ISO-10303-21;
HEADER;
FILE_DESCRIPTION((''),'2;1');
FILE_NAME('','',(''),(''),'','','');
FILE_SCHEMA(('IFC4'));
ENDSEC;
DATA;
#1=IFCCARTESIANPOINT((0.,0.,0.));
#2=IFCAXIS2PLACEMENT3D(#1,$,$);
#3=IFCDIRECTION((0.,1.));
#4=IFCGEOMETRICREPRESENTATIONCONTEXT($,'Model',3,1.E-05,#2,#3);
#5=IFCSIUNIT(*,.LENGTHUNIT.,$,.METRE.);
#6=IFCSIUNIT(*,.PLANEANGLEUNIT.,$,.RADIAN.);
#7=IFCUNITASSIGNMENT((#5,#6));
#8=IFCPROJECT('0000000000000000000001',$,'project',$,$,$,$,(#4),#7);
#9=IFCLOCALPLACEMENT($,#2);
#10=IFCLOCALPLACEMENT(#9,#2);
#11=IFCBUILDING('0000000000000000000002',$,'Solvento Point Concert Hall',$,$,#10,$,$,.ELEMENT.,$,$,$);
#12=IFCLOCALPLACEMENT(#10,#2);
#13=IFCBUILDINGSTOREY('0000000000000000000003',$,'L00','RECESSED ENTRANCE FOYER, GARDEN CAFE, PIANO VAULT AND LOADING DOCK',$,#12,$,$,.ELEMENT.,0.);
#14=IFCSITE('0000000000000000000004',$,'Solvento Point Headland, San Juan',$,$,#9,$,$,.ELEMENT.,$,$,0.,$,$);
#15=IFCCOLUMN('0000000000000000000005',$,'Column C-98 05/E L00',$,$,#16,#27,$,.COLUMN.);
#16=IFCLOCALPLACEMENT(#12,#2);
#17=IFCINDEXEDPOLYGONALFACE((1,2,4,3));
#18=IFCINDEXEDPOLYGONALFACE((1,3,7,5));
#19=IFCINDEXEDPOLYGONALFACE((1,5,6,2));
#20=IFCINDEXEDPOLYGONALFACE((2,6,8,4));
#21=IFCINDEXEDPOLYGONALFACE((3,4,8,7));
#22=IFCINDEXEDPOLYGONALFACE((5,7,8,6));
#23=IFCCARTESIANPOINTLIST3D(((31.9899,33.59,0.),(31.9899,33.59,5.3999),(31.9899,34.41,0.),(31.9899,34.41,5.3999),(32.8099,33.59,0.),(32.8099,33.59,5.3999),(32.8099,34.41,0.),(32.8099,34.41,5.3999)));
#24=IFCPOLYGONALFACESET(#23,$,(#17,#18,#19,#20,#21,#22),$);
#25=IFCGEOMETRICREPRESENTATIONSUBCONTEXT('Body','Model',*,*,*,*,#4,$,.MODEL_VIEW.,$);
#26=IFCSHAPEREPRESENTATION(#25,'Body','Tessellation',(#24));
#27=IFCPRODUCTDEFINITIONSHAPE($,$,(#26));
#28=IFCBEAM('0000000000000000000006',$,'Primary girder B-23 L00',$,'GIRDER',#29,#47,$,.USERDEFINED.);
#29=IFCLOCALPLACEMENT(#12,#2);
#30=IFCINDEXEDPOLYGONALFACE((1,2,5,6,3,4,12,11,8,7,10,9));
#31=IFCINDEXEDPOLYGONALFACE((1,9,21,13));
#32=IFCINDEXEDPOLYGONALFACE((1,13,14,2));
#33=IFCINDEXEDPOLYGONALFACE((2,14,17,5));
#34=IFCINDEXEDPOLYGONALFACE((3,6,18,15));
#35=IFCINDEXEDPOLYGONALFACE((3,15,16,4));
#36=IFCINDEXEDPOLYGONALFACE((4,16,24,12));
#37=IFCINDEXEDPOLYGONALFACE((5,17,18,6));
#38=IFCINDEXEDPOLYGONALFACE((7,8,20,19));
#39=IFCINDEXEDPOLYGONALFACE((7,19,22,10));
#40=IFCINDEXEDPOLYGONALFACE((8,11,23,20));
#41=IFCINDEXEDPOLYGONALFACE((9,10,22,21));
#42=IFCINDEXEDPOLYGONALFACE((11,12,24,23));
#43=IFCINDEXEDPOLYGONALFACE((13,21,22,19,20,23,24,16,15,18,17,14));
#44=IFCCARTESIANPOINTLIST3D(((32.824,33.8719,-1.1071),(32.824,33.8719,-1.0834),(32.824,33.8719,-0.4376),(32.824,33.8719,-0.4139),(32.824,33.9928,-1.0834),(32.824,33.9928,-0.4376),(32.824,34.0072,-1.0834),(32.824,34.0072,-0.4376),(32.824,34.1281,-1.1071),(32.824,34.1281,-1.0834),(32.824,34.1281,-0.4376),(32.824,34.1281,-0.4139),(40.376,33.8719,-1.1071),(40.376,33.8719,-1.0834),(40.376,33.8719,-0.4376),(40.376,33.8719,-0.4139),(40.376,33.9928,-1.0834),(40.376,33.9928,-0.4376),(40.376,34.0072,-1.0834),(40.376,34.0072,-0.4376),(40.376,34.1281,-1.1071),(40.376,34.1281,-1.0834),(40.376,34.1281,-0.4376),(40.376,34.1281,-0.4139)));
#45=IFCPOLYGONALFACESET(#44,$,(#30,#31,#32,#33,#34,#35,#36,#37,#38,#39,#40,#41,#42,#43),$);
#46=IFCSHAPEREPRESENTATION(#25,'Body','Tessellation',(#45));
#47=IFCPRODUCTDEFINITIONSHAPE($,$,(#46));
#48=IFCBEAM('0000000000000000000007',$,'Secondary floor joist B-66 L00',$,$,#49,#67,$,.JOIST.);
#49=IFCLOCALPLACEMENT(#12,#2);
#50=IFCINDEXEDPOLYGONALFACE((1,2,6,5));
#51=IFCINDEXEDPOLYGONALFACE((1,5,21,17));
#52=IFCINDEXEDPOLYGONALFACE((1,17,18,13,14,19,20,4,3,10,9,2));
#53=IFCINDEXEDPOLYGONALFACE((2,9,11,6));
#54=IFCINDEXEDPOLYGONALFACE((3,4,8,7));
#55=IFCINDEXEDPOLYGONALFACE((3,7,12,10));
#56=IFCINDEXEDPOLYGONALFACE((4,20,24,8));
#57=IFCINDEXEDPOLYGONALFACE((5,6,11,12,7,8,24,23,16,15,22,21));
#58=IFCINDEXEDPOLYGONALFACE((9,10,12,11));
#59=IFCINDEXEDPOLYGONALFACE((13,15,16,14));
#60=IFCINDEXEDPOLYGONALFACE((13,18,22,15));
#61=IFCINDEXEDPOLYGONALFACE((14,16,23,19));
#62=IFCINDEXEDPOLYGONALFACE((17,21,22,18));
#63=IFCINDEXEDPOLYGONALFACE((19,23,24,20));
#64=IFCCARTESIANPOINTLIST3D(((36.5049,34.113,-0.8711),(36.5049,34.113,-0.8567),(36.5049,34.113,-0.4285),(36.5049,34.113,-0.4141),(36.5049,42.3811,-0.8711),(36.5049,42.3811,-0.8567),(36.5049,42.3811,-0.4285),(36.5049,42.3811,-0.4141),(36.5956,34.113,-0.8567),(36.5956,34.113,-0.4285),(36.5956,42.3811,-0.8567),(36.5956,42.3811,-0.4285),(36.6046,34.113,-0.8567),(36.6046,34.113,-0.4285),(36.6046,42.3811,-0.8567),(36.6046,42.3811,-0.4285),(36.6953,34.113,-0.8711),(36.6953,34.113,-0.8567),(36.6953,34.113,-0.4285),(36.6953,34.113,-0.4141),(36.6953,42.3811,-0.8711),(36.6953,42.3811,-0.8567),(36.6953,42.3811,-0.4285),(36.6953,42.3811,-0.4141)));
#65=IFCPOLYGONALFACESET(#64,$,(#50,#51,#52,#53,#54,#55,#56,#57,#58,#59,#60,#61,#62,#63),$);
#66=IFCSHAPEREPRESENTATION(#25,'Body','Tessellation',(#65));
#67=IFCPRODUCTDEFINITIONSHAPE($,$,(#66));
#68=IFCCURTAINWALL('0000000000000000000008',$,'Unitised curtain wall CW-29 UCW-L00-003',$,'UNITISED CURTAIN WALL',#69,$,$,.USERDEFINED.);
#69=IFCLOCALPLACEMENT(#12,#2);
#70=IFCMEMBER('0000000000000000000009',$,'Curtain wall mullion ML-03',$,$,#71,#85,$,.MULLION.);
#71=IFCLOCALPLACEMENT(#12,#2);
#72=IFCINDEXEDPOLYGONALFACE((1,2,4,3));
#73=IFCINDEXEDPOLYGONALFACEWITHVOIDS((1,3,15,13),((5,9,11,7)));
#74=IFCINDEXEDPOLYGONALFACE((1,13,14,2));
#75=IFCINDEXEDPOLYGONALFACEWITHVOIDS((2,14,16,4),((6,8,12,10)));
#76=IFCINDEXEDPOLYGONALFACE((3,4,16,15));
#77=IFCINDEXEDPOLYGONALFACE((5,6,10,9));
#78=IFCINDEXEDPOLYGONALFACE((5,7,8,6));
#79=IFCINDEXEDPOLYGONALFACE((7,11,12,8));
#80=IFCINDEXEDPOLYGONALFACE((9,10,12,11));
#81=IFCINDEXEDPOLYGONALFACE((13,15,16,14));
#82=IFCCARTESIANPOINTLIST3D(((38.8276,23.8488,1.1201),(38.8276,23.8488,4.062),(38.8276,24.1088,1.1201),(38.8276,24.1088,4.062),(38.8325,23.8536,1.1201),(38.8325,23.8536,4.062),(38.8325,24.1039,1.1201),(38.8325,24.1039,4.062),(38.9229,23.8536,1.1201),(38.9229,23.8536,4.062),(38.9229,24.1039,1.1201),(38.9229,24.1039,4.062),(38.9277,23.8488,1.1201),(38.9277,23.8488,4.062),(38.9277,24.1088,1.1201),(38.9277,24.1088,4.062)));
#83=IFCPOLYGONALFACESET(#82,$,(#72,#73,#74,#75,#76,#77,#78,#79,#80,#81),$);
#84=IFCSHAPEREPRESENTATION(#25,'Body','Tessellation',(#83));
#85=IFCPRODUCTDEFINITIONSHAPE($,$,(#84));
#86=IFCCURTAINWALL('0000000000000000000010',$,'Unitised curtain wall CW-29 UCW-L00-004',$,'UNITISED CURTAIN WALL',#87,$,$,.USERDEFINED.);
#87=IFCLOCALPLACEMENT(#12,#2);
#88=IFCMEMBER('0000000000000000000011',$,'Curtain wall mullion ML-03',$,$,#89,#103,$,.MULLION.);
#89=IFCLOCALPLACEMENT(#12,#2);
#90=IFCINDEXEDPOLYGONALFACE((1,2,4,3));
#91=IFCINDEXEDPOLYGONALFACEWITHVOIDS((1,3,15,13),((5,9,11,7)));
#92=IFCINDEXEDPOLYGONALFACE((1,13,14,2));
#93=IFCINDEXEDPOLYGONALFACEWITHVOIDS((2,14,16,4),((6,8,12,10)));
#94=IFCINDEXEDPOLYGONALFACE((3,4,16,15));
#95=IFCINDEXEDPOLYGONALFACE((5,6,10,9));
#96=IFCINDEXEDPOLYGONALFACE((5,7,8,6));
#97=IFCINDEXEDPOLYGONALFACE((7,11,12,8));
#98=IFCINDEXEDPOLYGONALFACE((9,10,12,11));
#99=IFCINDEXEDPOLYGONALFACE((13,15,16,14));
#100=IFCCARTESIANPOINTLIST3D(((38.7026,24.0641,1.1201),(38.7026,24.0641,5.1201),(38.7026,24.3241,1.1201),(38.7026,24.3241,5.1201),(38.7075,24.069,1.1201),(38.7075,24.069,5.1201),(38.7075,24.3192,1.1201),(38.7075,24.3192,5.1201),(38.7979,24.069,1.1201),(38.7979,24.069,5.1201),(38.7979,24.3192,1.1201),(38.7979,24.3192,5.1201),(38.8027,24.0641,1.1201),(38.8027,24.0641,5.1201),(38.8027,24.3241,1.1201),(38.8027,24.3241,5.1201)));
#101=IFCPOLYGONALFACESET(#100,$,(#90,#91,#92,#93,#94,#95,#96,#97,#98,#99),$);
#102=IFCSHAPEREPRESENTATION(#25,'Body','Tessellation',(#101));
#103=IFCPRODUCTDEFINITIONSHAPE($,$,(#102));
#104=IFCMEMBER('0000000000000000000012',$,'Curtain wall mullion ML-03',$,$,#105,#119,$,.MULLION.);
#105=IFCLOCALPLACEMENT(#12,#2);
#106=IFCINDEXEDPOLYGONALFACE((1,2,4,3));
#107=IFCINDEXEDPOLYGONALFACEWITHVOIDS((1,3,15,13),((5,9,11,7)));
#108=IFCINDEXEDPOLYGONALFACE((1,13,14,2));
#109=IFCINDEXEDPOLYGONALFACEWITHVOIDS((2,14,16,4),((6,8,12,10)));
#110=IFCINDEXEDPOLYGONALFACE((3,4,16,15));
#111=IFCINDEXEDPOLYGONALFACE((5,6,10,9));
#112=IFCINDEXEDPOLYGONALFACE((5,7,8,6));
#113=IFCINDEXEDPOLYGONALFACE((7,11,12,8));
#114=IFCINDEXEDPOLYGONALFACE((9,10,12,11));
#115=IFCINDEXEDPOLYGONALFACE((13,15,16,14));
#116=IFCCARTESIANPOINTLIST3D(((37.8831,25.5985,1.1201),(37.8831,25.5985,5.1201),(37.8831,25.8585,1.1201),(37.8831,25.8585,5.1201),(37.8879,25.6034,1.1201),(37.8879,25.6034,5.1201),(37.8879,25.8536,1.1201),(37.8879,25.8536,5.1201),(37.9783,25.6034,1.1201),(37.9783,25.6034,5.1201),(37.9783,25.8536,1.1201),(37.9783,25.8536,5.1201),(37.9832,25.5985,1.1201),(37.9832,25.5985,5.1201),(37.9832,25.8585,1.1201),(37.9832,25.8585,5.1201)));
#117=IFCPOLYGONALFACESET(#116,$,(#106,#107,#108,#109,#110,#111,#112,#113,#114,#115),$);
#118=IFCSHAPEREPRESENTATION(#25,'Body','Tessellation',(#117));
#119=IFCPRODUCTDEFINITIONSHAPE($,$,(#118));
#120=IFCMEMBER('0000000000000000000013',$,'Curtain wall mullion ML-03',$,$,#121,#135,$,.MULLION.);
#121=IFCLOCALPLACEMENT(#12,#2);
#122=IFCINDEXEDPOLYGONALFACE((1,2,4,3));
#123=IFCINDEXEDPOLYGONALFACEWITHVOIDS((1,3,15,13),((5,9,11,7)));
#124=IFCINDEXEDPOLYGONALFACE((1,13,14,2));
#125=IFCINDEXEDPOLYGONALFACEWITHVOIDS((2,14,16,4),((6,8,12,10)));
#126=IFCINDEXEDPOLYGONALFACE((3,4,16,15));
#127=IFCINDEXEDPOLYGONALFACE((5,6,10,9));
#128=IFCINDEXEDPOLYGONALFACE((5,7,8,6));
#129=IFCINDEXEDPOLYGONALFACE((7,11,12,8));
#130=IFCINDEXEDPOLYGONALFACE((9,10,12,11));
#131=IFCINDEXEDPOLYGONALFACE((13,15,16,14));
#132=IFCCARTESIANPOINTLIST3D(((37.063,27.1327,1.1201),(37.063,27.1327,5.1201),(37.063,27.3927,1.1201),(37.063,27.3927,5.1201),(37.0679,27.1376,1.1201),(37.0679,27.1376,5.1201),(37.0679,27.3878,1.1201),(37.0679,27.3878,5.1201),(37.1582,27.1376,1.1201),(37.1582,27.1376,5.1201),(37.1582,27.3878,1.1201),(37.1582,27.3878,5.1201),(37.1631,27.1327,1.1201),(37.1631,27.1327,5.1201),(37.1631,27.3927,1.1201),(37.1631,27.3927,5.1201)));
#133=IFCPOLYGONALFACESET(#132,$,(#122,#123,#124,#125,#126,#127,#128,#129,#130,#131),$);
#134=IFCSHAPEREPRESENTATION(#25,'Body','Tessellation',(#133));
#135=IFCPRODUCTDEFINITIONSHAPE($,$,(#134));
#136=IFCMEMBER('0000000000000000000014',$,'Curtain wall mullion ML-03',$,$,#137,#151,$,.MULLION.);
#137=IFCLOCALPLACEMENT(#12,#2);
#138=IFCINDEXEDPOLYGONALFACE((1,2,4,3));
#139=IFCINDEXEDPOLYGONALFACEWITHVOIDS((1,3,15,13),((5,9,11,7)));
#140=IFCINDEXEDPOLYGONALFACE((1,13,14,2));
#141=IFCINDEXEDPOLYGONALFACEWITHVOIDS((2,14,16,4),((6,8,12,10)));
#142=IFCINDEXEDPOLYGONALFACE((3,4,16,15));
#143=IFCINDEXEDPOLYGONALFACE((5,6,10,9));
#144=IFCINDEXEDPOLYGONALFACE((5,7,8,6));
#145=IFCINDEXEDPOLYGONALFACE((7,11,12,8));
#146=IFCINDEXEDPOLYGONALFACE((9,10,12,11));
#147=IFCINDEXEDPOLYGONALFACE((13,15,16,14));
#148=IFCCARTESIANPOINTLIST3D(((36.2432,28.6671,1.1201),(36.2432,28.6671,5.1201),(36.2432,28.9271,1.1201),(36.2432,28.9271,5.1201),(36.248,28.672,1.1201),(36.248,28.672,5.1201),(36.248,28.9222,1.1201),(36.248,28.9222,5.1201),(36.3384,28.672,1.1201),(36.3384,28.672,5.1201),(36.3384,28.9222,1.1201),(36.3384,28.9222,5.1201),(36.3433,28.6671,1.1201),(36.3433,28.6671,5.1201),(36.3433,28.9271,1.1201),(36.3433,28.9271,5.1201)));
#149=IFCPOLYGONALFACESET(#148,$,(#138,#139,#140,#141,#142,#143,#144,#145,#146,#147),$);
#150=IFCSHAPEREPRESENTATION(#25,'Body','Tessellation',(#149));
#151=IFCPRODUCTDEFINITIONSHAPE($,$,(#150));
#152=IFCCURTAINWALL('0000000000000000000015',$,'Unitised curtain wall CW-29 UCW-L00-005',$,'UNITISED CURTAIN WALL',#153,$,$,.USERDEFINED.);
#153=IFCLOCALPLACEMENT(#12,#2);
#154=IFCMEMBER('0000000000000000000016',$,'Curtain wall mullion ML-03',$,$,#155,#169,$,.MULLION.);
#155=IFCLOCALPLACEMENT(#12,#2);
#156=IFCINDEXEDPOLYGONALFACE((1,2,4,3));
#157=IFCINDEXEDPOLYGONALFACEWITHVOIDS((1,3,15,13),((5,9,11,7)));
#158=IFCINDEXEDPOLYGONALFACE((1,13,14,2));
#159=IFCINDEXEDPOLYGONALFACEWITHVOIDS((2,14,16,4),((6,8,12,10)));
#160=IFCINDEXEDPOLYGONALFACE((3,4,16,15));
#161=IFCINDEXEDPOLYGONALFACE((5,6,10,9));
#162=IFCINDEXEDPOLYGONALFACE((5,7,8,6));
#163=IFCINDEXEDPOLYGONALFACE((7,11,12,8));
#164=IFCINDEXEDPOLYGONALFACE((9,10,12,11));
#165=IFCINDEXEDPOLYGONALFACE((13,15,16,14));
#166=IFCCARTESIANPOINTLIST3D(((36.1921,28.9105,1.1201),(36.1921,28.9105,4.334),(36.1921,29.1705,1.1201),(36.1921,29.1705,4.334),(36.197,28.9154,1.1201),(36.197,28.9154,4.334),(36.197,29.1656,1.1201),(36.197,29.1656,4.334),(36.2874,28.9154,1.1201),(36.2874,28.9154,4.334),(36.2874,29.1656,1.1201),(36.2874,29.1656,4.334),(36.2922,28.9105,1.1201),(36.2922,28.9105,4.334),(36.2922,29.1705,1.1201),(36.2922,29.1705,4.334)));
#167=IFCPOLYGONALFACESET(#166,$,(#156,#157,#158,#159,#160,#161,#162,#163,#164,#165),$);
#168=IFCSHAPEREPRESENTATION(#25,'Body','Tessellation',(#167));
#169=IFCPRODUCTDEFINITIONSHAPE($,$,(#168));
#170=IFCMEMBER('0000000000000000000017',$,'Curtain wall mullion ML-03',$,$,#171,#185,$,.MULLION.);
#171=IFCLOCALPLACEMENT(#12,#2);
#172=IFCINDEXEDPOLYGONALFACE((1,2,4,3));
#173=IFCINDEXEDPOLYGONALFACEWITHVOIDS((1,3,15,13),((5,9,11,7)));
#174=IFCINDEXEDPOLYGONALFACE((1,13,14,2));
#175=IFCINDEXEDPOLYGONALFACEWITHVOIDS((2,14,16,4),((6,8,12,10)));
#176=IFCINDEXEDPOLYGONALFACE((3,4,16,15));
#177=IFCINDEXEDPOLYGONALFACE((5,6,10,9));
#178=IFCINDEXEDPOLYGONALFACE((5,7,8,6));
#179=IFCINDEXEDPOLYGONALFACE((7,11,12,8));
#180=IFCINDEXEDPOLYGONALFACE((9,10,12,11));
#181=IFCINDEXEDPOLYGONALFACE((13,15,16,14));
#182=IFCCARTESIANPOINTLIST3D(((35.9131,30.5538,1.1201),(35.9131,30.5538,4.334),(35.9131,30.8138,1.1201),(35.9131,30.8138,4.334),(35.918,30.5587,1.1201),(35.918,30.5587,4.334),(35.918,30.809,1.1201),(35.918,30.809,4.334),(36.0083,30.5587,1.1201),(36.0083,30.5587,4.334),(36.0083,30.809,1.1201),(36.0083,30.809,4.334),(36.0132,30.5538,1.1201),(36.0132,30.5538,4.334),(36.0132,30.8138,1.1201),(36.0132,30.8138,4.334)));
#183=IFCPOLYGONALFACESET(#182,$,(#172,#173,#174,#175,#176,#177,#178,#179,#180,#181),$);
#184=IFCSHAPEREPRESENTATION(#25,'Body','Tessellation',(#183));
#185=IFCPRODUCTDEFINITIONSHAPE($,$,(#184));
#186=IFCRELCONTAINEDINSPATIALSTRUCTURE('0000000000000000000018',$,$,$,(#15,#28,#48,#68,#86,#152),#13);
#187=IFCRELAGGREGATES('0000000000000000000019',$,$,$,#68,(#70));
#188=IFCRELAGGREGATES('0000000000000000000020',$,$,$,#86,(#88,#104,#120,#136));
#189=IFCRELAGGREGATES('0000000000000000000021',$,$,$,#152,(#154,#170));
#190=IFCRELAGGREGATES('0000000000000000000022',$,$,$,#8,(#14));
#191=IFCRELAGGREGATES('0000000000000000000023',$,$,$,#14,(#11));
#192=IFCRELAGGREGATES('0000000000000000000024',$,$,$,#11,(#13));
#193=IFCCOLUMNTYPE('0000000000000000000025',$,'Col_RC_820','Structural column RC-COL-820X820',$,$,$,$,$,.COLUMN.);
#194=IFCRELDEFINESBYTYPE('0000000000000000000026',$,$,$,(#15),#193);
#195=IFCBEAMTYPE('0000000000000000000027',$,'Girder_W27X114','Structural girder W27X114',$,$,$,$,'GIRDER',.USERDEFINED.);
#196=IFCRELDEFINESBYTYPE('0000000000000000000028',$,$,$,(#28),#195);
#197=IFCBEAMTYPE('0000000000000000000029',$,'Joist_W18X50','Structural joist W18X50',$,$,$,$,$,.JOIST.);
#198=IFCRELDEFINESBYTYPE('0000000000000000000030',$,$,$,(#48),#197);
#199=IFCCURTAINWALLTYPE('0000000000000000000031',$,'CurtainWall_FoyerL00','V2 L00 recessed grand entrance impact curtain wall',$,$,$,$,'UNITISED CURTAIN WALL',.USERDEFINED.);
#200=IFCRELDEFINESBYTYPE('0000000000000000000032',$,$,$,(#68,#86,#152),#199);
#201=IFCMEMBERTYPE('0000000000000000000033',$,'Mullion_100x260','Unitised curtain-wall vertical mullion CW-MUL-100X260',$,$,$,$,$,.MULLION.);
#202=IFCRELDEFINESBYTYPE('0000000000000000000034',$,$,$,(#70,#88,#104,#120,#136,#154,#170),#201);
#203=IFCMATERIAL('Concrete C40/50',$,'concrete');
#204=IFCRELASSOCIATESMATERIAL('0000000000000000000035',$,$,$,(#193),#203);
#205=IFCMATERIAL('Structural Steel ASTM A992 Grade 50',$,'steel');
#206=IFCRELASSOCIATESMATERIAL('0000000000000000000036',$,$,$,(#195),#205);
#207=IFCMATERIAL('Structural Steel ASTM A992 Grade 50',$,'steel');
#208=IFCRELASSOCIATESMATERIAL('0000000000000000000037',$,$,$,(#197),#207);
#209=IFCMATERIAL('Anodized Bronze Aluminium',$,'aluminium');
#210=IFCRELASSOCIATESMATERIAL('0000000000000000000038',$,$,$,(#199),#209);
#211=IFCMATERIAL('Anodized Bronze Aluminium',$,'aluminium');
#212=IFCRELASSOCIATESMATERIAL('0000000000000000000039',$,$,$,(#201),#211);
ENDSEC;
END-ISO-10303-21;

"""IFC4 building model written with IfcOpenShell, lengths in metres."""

from ifc_helpers import new_model, si_unit, direction, frame, origin, origin_2d, place, context, subcontext, project, spatial, rectangle, hollow_rectangle, i_section, extrude, material, material_profile, profile_set, type_object, element, aggregate, save


model = new_model("IFC4")

# Units and contexts
model_context = context("Model", 3, precision=1e-05, world=origin(), true_north=direction((0.0, 1.0)))
body_context = subcontext(model_context, "Body", "Model", "MODEL_VIEW")
ifc_project = project(units=[si_unit("LENGTHUNIT", "METRE"), si_unit("PLANEANGLEUNIT", "RADIAN")], contexts=[model_context])

# Site, building, storey
site_placement = place(None, origin())
site = spatial("IfcSite", under=ifc_project, at=site_placement, Name="Solvento Point Headland, San Juan", CompositionType="ELEMENT", RefElevation=0.0)
building_placement = place(site_placement, origin())
building = spatial("IfcBuilding", under=site, at=building_placement, Name="Solvento Point Concert Hall", CompositionType="ELEMENT")
storey_placement = place(building_placement, origin())
storey = spatial("IfcBuildingStorey", under=building, at=storey_placement, Name="L00", Description="RECESSED ENTRANCE FOYER, GARDEN CAFE, PIANO VAULT AND LOADING DOCK", CompositionType="ELEMENT", Elevation=0.0)

# Column
ifc_material_1 = material(Name="Concrete C40/50", Category="concrete")
ifc_material_profile_1 = material_profile(ifc_material_1, rectangle(XDim=0.8201, YDim=0.8201, at=origin_2d()), Name="RC-COL-820X820")
ifc_profile_set_1 = profile_set([ifc_material_profile_1], Name="Concrete C40/50")
column_type = type_object("IfcColumnType", Name="Col_RC_820", Description="Structural column RC-COL-820X820", PredefinedType="COLUMN", material=ifc_profile_set_1)
column_placement = place(storey_placement, frame((32.3999, 34.0, 0.0), z_axis=(0.0, 0.0, 1.0), x_axis=(1.0, 0.0, 0.0)))
element("IfcColumn", 1, at=column_placement, inside=storey, type_object=column_type, Name="Column C-98 05/E L00", PredefinedType="COLUMN", context=body_context, shape_type="SweptSolid", body=[
    extrude(rectangle(XDim=0.8201, YDim=0.8201, at=origin_2d()), origin(), (0.0, 0.0, 1.0), 5.3999),
])

# Beams
ifc_material_2 = material(Name="Structural Steel ASTM A992 Grade 50", Category="steel")
ifc_material_profile_2 = material_profile(ifc_material_2, i_section(OverallWidth=0.2561, OverallDepth=0.6931, WebThickness=0.0144, FlangeThickness=0.0237, at=origin_2d()), Name="W27X114")
ifc_profile_set_2 = profile_set([ifc_material_profile_2], Name="Structural Steel ASTM A992 Grade 50")
beam_type_1 = type_object("IfcBeamType", Name="Girder_W27X114", Description="Structural girder W27X114", ElementType="GIRDER", PredefinedType="USERDEFINED", material=ifc_profile_set_2)
beam_1_placement = place(storey_placement, frame((32.824, 34.0, -0.7605), z_axis=(1.0, 0.0, 0.0), x_axis=(0.0, 1.0, 0.0)))
element("IfcBeam", 2, at=beam_1_placement, inside=storey, type_object=beam_type_1, Name="Primary girder B-23 L00", ObjectType="GIRDER", PredefinedType="USERDEFINED", context=body_context, shape_type="SweptSolid", body=[
    extrude(i_section(OverallWidth=0.2561, OverallDepth=0.6931, WebThickness=0.0144, FlangeThickness=0.0237, at=origin_2d()), origin(), (0.0, 0.0, 1.0), 7.552),
])
ifc_material_3 = material(Name="Structural Steel ASTM A992 Grade 50", Category="steel")
ifc_material_profile_3 = material_profile(ifc_material_3, i_section(OverallWidth=0.1904, OverallDepth=0.457, WebThickness=0.009, FlangeThickness=0.0144, at=origin_2d()), Name="W18X50")
ifc_profile_set_3 = profile_set([ifc_material_profile_3], Name="Structural Steel ASTM A992 Grade 50")
beam_type_2 = type_object("IfcBeamType", Name="Joist_W18X50", Description="Structural joist W18X50", PredefinedType="JOIST", material=ifc_profile_set_3)
beam_2_placement = place(storey_placement, frame((36.6001, 34.113, -0.6426), z_axis=(0.0, 1.0, 0.0), x_axis=(-1.0, 0.0, 0.0)))
element("IfcBeam", 3, at=beam_2_placement, inside=storey, type_object=beam_type_2, Name="Secondary floor joist B-66 L00", PredefinedType="JOIST", context=body_context, shape_type="SweptSolid", body=[
    extrude(i_section(OverallWidth=0.1904, OverallDepth=0.457, WebThickness=0.009, FlangeThickness=0.0144, at=origin_2d()), origin(), (0.0, 0.0, 1.0), 8.2681),
])

# Curtain wall, member
ifc_material_4 = material(Name="Anodized Bronze Aluminium", Category="aluminium")
curtain_wall_type = type_object("IfcCurtainWallType", Name="CurtainWall_FoyerL00", Description="V2 L00 recessed grand entrance impact curtain wall", ElementType="UNITISED CURTAIN WALL", PredefinedType="USERDEFINED", material=ifc_material_4)
curtain_wall_1_placement = place(storey_placement, origin())
curtain_wall_1 = element("IfcCurtainWall", 4, at=curtain_wall_1_placement, inside=storey, type_object=curtain_wall_type, Name="Unitised curtain wall CW-29 UCW-L00-003", ObjectType="UNITISED CURTAIN WALL", PredefinedType="USERDEFINED")
ifc_material_5 = material(Name="Anodized Bronze Aluminium", Category="aluminium")
ifc_material_profile_4 = material_profile(ifc_material_5, hollow_rectangle(XDim=0.1001, YDim=0.26, WallThickness=0.0049, at=origin_2d()), Name="CW-MUL-100X260")
ifc_profile_set_4 = profile_set([ifc_material_profile_4], Name="Anodized Bronze Aluminium")
member_type_1 = type_object("IfcMemberType", Name="Mullion_100x260", Description="Unitised curtain-wall vertical mullion CW-MUL-100X260", PredefinedType="MULLION", material=ifc_profile_set_4)
member_1_placement = place(storey_placement, frame((38.8777, 23.9788, 1.1201), z_axis=(0.0, 0.0, 1.0), x_axis=(1.0, 0.0, 0.0)))
member_1 = element("IfcMember", 5, at=member_1_placement, type_object=member_type_1, Name="Curtain wall mullion ML-03", PredefinedType="MULLION", context=body_context, shape_type="SweptSolid", body=[
    extrude(hollow_rectangle(XDim=0.1001, YDim=0.26, WallThickness=0.0049, at=origin_2d()), origin(), (0.0, 0.0, 1.0), 2.9419),
])

# Curtain walls, members
curtain_wall_2_placement = place(storey_placement, origin())
curtain_wall_2 = element("IfcCurtainWall", 6, at=curtain_wall_2_placement, inside=storey, type_object=curtain_wall_type, Name="Unitised curtain wall CW-29 UCW-L00-004", ObjectType="UNITISED CURTAIN WALL", PredefinedType="USERDEFINED")
member_2_placement = place(storey_placement, frame((38.7527, 24.1941, 1.1201), z_axis=(0.0, 0.0, 1.0), x_axis=(1.0, 0.0, 0.0)))
member_2 = element("IfcMember", 7, at=member_2_placement, type_object=member_type_1, Name="Curtain wall mullion ML-03", PredefinedType="MULLION", context=body_context, shape_type="SweptSolid", body=[
    extrude(hollow_rectangle(XDim=0.1001, YDim=0.26, WallThickness=0.0049, at=origin_2d()), origin(), (0.0, 0.0, 1.0), 4.0),
])
member_3_placement = place(storey_placement, frame((37.9331, 25.7285, 1.1201), z_axis=(0.0, 0.0, 1.0), x_axis=(1.0, 0.0, 0.0)))
member_3 = element("IfcMember", 8, at=member_3_placement, type_object=member_type_1, Name="Curtain wall mullion ML-03", PredefinedType="MULLION", context=body_context, shape_type="SweptSolid", body=[
    extrude(hollow_rectangle(XDim=0.1001, YDim=0.26, WallThickness=0.0049, at=origin_2d()), origin(), (0.0, 0.0, 1.0), 4.0),
])
member_4_placement = place(storey_placement, frame((37.113, 27.2627, 1.1201), z_axis=(0.0, 0.0, 1.0), x_axis=(1.0, 0.0, 0.0)))
member_4 = element("IfcMember", 9, at=member_4_placement, type_object=member_type_1, Name="Curtain wall mullion ML-03", PredefinedType="MULLION", context=body_context, shape_type="SweptSolid", body=[
    extrude(hollow_rectangle(XDim=0.1001, YDim=0.26, WallThickness=0.0049, at=origin_2d()), origin(), (0.0, 0.0, 1.0), 4.0),
])
member_5_placement = place(storey_placement, frame((36.2932, 28.7971, 1.1201), z_axis=(0.0, 0.0, 1.0), x_axis=(1.0, 0.0, 0.0)))
member_5 = element("IfcMember", 10, at=member_5_placement, type_object=member_type_1, Name="Curtain wall mullion ML-03", PredefinedType="MULLION", context=body_context, shape_type="SweptSolid", body=[
    extrude(hollow_rectangle(XDim=0.1001, YDim=0.26, WallThickness=0.0049, at=origin_2d()), origin(), (0.0, 0.0, 1.0), 4.0),
])
curtain_wall_3_placement = place(storey_placement, origin())
curtain_wall_3 = element("IfcCurtainWall", 11, at=curtain_wall_3_placement, inside=storey, type_object=curtain_wall_type, Name="Unitised curtain wall CW-29 UCW-L00-005", ObjectType="UNITISED CURTAIN WALL", PredefinedType="USERDEFINED")
member_6_placement = place(storey_placement, frame((36.2422, 29.0405, 1.1201), z_axis=(0.0, 0.0, 1.0), x_axis=(1.0, 0.0, 0.0)))
member_6 = element("IfcMember", 12, at=member_6_placement, type_object=member_type_1, Name="Curtain wall mullion ML-03", PredefinedType="MULLION", context=body_context, shape_type="SweptSolid", body=[
    extrude(hollow_rectangle(XDim=0.1001, YDim=0.26, WallThickness=0.0049, at=origin_2d()), origin(), (0.0, 0.0, 1.0), 3.2139),
])
member_7_placement = place(storey_placement, frame((35.9631, 30.6838, 1.1201), z_axis=(0.0, 0.0, 1.0), x_axis=(1.0, 0.0, 0.0)))
member_7 = element("IfcMember", 13, at=member_7_placement, type_object=member_type_1, Name="Curtain wall mullion ML-03", PredefinedType="MULLION", context=body_context, shape_type="SweptSolid", body=[
    extrude(hollow_rectangle(XDim=0.1001, YDim=0.26, WallThickness=0.0049, at=origin_2d()), origin(), (0.0, 0.0, 1.0), 3.2139),
])

aggregate(curtain_wall_1, [member_1])
aggregate(curtain_wall_2, [member_2, member_3, member_4, member_5])
aggregate(curtain_wall_3, [member_6, member_7])

save(model, "model.ifc")
